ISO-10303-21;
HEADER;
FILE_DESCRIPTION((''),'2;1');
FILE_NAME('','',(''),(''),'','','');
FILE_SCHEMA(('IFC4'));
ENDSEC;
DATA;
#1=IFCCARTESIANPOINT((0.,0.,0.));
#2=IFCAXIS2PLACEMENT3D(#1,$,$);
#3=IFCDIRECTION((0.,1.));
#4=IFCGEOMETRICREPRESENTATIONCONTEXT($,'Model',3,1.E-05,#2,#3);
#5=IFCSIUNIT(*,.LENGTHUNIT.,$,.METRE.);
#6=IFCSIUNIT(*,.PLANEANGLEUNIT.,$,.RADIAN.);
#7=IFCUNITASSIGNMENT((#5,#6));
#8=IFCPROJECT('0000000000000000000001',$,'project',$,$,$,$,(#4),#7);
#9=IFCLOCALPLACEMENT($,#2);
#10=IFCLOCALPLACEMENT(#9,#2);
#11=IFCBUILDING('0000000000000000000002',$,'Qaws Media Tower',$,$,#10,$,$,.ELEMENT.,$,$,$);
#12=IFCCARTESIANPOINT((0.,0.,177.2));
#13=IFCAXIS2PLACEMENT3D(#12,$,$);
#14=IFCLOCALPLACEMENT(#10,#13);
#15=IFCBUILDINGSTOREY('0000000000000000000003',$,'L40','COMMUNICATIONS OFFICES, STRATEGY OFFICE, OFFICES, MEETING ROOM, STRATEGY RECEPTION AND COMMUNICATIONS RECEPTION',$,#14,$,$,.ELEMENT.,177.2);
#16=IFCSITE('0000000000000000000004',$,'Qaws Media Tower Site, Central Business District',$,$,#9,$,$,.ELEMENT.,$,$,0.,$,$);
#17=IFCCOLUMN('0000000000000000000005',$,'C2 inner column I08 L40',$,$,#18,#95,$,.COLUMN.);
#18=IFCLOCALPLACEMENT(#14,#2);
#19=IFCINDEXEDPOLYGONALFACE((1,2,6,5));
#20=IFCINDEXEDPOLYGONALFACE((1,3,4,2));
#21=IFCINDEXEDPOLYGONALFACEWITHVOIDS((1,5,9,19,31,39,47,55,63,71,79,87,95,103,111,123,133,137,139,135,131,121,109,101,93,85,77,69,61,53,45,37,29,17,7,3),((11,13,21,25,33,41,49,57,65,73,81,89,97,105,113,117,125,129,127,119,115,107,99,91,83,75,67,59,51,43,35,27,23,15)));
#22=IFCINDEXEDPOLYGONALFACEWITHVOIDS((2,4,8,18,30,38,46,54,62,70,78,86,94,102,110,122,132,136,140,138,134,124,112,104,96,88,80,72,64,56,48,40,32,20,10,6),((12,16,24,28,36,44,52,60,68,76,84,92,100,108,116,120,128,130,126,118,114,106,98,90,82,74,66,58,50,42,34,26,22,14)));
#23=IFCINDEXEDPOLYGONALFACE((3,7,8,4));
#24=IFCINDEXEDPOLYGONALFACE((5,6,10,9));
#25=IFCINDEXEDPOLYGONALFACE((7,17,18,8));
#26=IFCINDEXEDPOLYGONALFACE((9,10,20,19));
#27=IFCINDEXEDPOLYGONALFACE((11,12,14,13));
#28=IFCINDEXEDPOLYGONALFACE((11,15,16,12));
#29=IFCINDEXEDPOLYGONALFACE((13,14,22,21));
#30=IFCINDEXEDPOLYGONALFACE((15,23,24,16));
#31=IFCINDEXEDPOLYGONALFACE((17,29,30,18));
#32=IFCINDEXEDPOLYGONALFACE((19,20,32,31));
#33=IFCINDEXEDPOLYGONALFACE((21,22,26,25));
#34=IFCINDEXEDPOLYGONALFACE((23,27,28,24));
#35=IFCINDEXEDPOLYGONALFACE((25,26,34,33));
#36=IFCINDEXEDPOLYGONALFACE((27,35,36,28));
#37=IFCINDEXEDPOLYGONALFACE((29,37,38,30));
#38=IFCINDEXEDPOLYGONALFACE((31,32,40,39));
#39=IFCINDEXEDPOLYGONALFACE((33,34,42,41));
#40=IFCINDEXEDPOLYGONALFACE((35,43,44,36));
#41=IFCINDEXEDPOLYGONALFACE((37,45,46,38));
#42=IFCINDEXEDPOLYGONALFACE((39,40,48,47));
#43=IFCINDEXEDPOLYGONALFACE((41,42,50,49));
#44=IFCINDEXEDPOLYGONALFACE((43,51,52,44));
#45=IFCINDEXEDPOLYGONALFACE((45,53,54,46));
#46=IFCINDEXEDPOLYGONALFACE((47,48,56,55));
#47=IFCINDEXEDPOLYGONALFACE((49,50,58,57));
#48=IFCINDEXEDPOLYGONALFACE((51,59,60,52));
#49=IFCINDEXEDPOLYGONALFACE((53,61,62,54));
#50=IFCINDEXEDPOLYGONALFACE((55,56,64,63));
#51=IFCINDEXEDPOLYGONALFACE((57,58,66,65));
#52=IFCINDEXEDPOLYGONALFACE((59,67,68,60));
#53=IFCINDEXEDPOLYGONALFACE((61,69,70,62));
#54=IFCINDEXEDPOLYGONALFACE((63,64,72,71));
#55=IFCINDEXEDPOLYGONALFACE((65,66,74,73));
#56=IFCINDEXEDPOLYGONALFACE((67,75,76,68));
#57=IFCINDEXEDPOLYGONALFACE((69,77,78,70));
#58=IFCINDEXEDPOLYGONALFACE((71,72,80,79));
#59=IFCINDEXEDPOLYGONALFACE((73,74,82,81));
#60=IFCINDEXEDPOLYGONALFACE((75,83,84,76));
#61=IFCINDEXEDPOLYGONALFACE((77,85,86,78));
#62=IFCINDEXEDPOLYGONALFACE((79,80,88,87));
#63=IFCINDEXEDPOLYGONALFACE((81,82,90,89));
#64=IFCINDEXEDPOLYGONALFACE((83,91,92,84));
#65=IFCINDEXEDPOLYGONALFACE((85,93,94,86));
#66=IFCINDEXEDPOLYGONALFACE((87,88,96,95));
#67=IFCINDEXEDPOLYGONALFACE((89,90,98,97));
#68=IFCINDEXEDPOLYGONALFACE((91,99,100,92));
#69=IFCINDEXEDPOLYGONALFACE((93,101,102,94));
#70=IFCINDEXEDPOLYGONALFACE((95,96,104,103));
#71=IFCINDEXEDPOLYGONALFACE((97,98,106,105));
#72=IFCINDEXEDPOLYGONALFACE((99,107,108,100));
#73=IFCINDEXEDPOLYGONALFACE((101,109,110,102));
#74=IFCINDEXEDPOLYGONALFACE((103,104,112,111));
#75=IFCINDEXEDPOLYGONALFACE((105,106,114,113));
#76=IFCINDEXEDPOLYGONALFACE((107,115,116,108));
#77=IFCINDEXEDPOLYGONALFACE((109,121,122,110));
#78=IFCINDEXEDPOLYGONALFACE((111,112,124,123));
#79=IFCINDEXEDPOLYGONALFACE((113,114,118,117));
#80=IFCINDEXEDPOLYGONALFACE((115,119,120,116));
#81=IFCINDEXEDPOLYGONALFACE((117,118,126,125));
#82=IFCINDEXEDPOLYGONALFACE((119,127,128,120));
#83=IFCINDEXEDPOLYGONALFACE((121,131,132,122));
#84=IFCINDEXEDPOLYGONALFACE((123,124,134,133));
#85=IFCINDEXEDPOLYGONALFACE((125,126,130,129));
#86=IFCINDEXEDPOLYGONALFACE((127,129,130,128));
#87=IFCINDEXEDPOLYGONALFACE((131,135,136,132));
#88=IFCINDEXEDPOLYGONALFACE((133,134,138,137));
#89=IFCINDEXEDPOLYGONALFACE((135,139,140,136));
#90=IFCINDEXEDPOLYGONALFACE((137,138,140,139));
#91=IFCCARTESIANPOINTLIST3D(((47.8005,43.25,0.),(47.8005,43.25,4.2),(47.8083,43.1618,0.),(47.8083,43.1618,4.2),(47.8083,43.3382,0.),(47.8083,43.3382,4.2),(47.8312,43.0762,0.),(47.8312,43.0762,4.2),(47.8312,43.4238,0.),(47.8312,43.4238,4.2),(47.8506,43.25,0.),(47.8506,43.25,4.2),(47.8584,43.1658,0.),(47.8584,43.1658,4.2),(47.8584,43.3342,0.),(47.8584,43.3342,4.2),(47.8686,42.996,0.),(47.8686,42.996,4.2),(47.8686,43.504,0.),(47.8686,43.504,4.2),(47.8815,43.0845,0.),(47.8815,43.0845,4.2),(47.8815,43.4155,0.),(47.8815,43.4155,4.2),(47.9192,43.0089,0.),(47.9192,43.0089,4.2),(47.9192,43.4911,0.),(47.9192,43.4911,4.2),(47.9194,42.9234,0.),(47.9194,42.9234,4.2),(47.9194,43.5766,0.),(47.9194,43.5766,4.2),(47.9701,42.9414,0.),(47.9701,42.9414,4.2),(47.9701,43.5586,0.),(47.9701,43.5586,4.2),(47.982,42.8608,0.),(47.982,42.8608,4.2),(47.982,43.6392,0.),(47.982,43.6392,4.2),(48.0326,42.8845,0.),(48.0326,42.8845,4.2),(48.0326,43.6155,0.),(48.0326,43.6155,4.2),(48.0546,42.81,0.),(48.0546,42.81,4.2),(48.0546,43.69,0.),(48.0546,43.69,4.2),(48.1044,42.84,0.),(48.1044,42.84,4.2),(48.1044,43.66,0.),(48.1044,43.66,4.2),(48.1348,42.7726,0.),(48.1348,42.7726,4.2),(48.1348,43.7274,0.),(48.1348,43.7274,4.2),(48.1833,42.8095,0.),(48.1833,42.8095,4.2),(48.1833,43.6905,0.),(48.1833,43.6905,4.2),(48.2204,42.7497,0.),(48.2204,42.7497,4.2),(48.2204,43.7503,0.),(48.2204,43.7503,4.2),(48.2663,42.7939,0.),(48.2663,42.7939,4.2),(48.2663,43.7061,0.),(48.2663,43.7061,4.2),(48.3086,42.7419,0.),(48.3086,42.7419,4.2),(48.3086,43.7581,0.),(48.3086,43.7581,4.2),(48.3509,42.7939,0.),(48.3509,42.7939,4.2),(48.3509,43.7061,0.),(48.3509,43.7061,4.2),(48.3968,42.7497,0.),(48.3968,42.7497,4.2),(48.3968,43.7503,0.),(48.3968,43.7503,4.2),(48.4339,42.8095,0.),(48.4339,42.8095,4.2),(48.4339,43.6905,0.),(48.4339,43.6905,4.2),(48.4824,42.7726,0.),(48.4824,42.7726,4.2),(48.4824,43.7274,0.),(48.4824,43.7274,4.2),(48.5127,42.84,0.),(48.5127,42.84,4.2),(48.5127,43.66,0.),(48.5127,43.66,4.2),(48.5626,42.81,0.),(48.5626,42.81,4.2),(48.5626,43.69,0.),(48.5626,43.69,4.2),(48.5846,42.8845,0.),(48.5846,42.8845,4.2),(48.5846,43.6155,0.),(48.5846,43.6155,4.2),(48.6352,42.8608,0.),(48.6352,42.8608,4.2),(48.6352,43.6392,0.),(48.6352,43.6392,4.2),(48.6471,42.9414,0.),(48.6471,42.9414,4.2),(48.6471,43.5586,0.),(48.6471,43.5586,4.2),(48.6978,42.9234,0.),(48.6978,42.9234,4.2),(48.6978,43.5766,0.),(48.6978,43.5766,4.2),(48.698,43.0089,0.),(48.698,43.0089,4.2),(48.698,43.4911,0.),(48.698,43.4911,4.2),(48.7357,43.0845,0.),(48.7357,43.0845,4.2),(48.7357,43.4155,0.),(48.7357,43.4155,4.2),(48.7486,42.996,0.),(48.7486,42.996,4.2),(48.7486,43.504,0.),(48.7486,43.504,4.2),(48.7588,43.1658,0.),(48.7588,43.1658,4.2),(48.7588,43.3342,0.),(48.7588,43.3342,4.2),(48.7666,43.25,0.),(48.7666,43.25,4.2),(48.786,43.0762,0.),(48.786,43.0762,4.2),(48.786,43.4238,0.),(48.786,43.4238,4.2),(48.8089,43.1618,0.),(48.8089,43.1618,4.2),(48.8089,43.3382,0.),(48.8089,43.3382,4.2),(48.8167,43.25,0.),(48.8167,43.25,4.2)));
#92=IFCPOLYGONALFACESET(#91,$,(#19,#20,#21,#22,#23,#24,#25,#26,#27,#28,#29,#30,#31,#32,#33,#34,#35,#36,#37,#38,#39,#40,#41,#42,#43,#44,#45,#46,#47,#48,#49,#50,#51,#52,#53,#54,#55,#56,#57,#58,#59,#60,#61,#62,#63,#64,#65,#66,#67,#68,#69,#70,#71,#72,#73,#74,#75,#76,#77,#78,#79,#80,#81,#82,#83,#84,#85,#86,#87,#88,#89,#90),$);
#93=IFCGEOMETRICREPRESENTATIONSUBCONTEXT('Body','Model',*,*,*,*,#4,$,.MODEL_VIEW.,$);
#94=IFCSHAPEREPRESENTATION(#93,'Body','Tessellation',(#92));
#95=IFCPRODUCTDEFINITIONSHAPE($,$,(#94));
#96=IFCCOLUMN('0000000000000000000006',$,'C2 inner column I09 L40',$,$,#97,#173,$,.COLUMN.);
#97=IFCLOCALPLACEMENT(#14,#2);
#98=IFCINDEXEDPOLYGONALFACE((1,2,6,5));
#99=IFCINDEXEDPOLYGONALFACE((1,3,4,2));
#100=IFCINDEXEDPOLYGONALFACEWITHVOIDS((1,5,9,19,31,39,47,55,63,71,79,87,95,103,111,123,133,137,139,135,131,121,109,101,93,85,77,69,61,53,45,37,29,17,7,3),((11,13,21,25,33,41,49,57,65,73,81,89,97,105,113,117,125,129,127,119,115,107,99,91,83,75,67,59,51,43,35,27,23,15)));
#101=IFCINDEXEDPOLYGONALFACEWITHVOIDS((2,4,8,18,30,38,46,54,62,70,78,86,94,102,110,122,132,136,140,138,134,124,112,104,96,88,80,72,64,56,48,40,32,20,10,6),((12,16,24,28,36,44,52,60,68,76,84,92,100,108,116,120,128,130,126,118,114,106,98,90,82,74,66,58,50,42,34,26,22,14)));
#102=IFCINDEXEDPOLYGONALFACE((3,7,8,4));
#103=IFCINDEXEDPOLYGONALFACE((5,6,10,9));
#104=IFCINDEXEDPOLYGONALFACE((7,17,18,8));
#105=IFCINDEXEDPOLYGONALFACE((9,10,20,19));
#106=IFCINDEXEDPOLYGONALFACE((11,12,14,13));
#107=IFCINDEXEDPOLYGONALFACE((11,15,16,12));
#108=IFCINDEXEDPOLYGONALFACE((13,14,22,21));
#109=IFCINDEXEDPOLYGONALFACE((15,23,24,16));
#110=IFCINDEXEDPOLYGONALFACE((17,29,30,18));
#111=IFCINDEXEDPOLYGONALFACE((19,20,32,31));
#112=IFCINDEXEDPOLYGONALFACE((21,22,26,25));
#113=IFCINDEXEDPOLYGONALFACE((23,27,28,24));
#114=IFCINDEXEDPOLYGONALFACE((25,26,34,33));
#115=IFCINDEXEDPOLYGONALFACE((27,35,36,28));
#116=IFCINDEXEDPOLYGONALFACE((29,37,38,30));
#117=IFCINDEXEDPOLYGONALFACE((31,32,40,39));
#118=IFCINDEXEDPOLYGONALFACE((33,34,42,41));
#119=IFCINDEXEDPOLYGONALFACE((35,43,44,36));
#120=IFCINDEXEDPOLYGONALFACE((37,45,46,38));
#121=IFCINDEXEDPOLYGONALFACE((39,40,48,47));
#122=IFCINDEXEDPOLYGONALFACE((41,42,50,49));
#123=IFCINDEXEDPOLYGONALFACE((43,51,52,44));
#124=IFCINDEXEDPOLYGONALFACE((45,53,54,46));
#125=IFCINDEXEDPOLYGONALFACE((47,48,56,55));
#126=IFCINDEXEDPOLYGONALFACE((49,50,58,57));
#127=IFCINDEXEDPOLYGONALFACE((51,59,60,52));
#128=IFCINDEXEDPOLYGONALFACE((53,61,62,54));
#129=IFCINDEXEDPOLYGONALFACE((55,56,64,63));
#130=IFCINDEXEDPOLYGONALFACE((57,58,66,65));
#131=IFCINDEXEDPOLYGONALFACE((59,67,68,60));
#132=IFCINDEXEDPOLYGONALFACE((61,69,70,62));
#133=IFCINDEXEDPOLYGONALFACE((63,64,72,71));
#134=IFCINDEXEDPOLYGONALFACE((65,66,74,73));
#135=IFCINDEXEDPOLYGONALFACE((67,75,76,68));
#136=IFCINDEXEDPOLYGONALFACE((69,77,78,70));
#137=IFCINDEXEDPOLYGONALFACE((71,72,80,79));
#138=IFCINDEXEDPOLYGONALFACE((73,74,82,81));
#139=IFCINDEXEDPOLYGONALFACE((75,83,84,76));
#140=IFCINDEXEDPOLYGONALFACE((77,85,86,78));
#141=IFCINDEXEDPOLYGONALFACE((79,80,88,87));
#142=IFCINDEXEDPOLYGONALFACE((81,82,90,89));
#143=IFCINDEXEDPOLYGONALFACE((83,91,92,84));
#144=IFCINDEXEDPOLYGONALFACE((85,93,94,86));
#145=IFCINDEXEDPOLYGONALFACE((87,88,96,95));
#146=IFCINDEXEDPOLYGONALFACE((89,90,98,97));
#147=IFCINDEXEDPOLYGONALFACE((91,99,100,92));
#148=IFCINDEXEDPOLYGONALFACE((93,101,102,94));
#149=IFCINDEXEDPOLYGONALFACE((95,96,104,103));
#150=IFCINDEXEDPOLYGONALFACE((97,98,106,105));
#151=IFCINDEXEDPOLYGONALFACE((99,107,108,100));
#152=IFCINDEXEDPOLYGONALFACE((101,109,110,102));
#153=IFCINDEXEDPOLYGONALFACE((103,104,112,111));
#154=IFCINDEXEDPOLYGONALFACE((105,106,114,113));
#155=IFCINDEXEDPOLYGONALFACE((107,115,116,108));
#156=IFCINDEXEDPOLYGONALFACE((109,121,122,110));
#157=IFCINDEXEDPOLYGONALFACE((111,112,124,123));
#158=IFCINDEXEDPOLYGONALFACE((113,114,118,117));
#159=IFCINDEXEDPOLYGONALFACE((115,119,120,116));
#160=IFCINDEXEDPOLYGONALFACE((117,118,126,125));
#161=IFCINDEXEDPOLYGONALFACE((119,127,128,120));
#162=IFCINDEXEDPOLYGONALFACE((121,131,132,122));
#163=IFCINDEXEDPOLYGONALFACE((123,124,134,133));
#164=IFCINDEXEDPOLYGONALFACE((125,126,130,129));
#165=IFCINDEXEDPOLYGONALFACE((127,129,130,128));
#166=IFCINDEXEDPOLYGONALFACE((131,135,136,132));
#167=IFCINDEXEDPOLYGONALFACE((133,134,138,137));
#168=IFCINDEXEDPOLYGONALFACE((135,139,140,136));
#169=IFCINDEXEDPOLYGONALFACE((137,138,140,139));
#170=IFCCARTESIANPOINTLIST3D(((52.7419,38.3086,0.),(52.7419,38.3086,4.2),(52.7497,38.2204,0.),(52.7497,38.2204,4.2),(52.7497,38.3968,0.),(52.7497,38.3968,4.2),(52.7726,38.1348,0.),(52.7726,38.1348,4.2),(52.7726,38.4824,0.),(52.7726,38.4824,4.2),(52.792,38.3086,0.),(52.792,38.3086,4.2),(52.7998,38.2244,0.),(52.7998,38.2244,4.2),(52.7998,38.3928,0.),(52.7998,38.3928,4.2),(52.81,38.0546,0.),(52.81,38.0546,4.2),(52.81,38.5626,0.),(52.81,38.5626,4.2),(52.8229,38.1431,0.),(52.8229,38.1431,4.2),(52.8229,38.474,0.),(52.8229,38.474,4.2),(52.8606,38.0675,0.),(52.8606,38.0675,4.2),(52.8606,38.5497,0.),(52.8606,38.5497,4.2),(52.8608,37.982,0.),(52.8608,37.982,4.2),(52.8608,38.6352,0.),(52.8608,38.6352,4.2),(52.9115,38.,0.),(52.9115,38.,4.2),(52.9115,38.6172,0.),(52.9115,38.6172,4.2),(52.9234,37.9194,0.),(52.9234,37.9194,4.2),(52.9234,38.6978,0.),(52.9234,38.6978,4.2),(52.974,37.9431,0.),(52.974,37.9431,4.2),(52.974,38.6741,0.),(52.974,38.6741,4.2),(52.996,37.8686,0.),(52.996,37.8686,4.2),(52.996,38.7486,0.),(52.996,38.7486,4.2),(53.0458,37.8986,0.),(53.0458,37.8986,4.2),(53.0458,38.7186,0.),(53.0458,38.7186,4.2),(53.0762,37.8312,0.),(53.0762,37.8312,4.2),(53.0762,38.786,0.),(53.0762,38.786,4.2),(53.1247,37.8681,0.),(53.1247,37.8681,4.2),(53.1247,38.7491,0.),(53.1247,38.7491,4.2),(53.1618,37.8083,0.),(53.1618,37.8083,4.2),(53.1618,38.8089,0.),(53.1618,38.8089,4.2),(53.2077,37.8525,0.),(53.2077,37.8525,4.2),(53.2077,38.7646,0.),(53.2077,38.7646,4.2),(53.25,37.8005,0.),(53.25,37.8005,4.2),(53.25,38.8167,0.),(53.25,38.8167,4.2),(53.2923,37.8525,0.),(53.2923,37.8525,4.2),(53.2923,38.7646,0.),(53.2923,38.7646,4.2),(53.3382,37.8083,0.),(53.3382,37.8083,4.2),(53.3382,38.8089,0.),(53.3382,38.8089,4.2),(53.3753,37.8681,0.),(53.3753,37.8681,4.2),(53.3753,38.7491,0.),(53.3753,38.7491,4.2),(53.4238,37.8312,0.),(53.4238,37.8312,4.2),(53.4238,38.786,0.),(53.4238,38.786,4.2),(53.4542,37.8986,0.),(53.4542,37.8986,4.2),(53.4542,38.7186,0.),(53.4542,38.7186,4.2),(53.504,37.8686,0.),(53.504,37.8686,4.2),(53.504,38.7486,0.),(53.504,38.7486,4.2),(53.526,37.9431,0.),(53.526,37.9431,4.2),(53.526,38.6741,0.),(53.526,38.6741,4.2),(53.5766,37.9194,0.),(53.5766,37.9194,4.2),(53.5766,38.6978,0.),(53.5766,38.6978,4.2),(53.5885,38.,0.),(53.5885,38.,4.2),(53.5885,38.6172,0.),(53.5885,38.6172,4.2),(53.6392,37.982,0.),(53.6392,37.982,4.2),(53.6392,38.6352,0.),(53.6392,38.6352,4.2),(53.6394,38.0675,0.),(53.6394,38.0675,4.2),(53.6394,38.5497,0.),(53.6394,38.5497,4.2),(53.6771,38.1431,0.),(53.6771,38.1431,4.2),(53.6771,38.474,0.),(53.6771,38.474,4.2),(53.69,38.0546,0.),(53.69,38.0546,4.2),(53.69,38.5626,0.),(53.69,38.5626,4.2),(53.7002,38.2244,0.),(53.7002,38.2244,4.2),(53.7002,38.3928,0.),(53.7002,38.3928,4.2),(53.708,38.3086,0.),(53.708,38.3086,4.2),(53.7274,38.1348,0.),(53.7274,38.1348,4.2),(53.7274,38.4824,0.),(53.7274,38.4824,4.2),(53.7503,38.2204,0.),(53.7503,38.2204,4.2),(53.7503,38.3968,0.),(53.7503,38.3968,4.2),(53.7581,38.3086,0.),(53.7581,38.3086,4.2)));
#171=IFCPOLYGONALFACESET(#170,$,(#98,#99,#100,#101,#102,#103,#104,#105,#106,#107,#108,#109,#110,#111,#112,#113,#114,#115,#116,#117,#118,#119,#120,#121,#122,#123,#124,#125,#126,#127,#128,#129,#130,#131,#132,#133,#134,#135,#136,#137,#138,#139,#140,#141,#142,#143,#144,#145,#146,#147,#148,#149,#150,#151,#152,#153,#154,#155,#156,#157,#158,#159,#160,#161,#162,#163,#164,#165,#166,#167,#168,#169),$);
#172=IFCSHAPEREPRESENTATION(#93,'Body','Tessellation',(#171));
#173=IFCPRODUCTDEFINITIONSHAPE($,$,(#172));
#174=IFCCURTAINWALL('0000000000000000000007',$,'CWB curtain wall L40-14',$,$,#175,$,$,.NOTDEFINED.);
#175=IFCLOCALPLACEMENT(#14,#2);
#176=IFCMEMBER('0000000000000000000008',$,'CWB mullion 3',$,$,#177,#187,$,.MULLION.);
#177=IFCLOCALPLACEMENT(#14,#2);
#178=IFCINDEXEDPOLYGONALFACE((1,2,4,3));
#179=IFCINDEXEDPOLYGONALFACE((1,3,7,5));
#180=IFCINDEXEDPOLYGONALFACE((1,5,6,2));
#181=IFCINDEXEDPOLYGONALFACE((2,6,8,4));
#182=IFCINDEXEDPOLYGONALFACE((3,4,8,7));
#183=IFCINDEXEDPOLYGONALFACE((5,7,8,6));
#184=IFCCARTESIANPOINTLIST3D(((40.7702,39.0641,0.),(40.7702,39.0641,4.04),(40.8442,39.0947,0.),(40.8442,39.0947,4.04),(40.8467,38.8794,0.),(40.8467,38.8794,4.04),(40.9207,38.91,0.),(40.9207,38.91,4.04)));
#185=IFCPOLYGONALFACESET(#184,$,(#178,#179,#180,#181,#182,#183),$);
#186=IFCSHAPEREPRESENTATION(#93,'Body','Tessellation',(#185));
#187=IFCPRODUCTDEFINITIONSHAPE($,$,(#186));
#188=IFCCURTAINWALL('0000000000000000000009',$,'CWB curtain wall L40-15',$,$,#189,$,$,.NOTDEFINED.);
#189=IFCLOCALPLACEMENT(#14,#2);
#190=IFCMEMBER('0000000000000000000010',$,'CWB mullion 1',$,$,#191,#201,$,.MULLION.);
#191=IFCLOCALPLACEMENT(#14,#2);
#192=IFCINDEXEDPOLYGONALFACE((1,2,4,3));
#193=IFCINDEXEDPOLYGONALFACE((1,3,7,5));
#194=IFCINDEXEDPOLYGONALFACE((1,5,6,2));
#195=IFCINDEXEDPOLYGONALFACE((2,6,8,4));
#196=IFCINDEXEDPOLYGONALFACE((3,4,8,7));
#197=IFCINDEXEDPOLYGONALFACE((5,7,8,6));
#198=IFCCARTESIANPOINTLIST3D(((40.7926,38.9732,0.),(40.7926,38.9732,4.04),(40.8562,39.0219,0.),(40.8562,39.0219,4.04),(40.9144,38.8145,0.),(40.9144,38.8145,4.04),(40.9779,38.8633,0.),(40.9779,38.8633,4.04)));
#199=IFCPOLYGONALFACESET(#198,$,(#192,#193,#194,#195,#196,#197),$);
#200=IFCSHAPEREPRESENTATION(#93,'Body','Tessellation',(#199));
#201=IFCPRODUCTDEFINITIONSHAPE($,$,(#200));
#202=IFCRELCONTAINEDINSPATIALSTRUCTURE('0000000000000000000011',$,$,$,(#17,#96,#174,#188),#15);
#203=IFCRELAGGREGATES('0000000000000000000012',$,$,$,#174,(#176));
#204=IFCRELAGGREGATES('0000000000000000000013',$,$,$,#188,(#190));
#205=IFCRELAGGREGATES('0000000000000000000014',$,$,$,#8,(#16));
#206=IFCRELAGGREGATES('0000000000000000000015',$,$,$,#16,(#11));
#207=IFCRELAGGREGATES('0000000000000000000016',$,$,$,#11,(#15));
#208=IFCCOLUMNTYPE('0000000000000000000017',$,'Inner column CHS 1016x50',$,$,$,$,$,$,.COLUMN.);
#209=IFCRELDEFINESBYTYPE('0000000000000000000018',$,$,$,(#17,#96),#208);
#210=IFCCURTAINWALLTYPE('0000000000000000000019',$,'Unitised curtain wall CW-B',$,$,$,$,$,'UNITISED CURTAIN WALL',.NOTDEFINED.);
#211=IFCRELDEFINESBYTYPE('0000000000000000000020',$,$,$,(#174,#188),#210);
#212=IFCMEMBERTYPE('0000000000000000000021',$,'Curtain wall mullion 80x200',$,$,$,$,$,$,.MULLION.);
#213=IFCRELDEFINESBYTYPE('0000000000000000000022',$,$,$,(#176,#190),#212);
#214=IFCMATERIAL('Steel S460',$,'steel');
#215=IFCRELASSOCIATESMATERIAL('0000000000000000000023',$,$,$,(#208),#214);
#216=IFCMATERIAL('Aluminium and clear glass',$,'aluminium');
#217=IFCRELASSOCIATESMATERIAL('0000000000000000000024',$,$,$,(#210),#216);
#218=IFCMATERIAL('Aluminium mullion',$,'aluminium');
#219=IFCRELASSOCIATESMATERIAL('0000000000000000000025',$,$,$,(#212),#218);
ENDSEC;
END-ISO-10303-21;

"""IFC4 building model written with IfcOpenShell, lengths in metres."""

from ifc_helpers import new_model, si_unit, direction, frame, origin, origin_2d, place, context, subcontext, project, spatial, rectangle, hollow_circle, extrude, material, material_profile, profile_set, type_object, element, aggregate, save


model = new_model("IFC4")

# Units and contexts
model_context = context("Model", 3, precision=1e-05, world=origin(), true_north=direction((0.0, 1.0)))
body_context = subcontext(model_context, "Body", "Model", "MODEL_VIEW")
ifc_project = project(units=[si_unit("LENGTHUNIT", "METRE"), si_unit("PLANEANGLEUNIT", "RADIAN")], contexts=[model_context])

# Site, building, storey
site_placement = place(None, origin())
site = spatial("IfcSite", under=ifc_project, at=site_placement, Name="Qaws Media Tower Site, Central Business District", CompositionType="ELEMENT", RefElevation=0.0)
building_placement = place(site_placement, origin())
building = spatial("IfcBuilding", under=site, at=building_placement, Name="Qaws Media Tower", CompositionType="ELEMENT")
storey_placement = place(building_placement, frame((0.0, 0.0, 177.2)))
storey = spatial("IfcBuildingStorey", under=building, at=storey_placement, Name="L40", Description="COMMUNICATIONS OFFICES, STRATEGY OFFICE, OFFICES, MEETING ROOM, STRATEGY RECEPTION AND COMMUNICATIONS RECEPTION", CompositionType="ELEMENT", Elevation=177.2)

# Columns
ifc_material_1 = material(Name="Steel S460", Category="steel")
ifc_material_profile_1 = material_profile(ifc_material_1, hollow_circle(Radius=0.5081, WallThickness=0.05, at=origin_2d()), Name="CHS 1016x50")
ifc_profile_set_1 = profile_set([ifc_material_profile_1], Name="Steel S460")
column_type = type_object("IfcColumnType", Name="Inner column CHS 1016x50", PredefinedType="COLUMN", material=ifc_profile_set_1)
for number, where, z_axis, x_axis, name in (
    (1, (48.3086, 43.25, 0.0), (0.0, 0.0, 1.0), (1.0, 0.0, 0.0), "C2 inner column I08 L40"),
    (2, (53.25, 38.3086, 0.0), (0.0, 0.0, 1.0), (1.0, 0.0, 0.0), "C2 inner column I09 L40"),
):
    element("IfcColumn", number, at=place(storey_placement, frame(where, z_axis=z_axis, x_axis=x_axis)), inside=storey, type_object=column_type, Name=name, PredefinedType="COLUMN", context=body_context, shape_type="SweptSolid", body=[
        extrude(hollow_circle(Radius=0.5081, WallThickness=0.05, at=origin_2d()), origin(), (0.0, 0.0, 1.0), 4.2),
    ])

# Curtain wall, member
ifc_material_2 = material(Name="Aluminium and clear glass", Category="aluminium")
curtain_wall_type = type_object("IfcCurtainWallType", Name="Unitised curtain wall CW-B", ElementType="UNITISED CURTAIN WALL", PredefinedType="NOTDEFINED", material=ifc_material_2)
curtain_wall_1_placement = place(storey_placement, origin())
curtain_wall_1 = element("IfcCurtainWall", 3, at=curtain_wall_1_placement, inside=storey, type_object=curtain_wall_type, Name="CWB curtain wall L40-14", PredefinedType="NOTDEFINED")
ifc_material_3 = material(Name="Aluminium mullion", Category="aluminium")
ifc_material_profile_2 = material_profile(ifc_material_3, rectangle(XDim=0.0801, YDim=0.2, at=origin_2d()), Name="80x200")
ifc_profile_set_2 = profile_set([ifc_material_profile_2], Name="Aluminium mullion")
member_type_1 = type_object("IfcMemberType", Name="Curtain wall mullion 80x200", PredefinedType="MULLION", material=ifc_profile_set_2)
member_1_placement = place(storey_placement, frame((40.8455, 38.9871, 0.0), z_axis=(0.0, 0.0, 1.0), x_axis=(0.923879, 0.382684, 0.0)))
member_1 = element("IfcMember", 4, at=member_1_placement, type_object=member_type_1, Name="CWB mullion 3", PredefinedType="MULLION", context=body_context, shape_type="SweptSolid", body=[
    extrude(rectangle(XDim=0.0801, YDim=0.2, at=origin_2d()), origin(), (0.0, 0.0, 1.0), 4.04),
])

# Curtain wall, member
curtain_wall_2_placement = place(storey_placement, origin())
curtain_wall_2 = element("IfcCurtainWall", 5, at=curtain_wall_2_placement, inside=storey, type_object=curtain_wall_type, Name="CWB curtain wall L40-15", PredefinedType="NOTDEFINED")
member_2_placement = place(storey_placement, frame((40.8853, 38.9182, 0.0), z_axis=(0.0, 0.0, 1.0), x_axis=(0.793353, 0.608761, 0.0)))
member_2 = element("IfcMember", 6, at=member_2_placement, type_object=member_type_1, Name="CWB mullion 1", PredefinedType="MULLION", context=body_context, shape_type="SweptSolid", body=[
    extrude(rectangle(XDim=0.0801, YDim=0.2, at=origin_2d()), origin(), (0.0, 0.0, 1.0), 4.04),
])

aggregate(curtain_wall_1, [member_1])
aggregate(curtain_wall_2, [member_2])

save(model, "model.ifc")
